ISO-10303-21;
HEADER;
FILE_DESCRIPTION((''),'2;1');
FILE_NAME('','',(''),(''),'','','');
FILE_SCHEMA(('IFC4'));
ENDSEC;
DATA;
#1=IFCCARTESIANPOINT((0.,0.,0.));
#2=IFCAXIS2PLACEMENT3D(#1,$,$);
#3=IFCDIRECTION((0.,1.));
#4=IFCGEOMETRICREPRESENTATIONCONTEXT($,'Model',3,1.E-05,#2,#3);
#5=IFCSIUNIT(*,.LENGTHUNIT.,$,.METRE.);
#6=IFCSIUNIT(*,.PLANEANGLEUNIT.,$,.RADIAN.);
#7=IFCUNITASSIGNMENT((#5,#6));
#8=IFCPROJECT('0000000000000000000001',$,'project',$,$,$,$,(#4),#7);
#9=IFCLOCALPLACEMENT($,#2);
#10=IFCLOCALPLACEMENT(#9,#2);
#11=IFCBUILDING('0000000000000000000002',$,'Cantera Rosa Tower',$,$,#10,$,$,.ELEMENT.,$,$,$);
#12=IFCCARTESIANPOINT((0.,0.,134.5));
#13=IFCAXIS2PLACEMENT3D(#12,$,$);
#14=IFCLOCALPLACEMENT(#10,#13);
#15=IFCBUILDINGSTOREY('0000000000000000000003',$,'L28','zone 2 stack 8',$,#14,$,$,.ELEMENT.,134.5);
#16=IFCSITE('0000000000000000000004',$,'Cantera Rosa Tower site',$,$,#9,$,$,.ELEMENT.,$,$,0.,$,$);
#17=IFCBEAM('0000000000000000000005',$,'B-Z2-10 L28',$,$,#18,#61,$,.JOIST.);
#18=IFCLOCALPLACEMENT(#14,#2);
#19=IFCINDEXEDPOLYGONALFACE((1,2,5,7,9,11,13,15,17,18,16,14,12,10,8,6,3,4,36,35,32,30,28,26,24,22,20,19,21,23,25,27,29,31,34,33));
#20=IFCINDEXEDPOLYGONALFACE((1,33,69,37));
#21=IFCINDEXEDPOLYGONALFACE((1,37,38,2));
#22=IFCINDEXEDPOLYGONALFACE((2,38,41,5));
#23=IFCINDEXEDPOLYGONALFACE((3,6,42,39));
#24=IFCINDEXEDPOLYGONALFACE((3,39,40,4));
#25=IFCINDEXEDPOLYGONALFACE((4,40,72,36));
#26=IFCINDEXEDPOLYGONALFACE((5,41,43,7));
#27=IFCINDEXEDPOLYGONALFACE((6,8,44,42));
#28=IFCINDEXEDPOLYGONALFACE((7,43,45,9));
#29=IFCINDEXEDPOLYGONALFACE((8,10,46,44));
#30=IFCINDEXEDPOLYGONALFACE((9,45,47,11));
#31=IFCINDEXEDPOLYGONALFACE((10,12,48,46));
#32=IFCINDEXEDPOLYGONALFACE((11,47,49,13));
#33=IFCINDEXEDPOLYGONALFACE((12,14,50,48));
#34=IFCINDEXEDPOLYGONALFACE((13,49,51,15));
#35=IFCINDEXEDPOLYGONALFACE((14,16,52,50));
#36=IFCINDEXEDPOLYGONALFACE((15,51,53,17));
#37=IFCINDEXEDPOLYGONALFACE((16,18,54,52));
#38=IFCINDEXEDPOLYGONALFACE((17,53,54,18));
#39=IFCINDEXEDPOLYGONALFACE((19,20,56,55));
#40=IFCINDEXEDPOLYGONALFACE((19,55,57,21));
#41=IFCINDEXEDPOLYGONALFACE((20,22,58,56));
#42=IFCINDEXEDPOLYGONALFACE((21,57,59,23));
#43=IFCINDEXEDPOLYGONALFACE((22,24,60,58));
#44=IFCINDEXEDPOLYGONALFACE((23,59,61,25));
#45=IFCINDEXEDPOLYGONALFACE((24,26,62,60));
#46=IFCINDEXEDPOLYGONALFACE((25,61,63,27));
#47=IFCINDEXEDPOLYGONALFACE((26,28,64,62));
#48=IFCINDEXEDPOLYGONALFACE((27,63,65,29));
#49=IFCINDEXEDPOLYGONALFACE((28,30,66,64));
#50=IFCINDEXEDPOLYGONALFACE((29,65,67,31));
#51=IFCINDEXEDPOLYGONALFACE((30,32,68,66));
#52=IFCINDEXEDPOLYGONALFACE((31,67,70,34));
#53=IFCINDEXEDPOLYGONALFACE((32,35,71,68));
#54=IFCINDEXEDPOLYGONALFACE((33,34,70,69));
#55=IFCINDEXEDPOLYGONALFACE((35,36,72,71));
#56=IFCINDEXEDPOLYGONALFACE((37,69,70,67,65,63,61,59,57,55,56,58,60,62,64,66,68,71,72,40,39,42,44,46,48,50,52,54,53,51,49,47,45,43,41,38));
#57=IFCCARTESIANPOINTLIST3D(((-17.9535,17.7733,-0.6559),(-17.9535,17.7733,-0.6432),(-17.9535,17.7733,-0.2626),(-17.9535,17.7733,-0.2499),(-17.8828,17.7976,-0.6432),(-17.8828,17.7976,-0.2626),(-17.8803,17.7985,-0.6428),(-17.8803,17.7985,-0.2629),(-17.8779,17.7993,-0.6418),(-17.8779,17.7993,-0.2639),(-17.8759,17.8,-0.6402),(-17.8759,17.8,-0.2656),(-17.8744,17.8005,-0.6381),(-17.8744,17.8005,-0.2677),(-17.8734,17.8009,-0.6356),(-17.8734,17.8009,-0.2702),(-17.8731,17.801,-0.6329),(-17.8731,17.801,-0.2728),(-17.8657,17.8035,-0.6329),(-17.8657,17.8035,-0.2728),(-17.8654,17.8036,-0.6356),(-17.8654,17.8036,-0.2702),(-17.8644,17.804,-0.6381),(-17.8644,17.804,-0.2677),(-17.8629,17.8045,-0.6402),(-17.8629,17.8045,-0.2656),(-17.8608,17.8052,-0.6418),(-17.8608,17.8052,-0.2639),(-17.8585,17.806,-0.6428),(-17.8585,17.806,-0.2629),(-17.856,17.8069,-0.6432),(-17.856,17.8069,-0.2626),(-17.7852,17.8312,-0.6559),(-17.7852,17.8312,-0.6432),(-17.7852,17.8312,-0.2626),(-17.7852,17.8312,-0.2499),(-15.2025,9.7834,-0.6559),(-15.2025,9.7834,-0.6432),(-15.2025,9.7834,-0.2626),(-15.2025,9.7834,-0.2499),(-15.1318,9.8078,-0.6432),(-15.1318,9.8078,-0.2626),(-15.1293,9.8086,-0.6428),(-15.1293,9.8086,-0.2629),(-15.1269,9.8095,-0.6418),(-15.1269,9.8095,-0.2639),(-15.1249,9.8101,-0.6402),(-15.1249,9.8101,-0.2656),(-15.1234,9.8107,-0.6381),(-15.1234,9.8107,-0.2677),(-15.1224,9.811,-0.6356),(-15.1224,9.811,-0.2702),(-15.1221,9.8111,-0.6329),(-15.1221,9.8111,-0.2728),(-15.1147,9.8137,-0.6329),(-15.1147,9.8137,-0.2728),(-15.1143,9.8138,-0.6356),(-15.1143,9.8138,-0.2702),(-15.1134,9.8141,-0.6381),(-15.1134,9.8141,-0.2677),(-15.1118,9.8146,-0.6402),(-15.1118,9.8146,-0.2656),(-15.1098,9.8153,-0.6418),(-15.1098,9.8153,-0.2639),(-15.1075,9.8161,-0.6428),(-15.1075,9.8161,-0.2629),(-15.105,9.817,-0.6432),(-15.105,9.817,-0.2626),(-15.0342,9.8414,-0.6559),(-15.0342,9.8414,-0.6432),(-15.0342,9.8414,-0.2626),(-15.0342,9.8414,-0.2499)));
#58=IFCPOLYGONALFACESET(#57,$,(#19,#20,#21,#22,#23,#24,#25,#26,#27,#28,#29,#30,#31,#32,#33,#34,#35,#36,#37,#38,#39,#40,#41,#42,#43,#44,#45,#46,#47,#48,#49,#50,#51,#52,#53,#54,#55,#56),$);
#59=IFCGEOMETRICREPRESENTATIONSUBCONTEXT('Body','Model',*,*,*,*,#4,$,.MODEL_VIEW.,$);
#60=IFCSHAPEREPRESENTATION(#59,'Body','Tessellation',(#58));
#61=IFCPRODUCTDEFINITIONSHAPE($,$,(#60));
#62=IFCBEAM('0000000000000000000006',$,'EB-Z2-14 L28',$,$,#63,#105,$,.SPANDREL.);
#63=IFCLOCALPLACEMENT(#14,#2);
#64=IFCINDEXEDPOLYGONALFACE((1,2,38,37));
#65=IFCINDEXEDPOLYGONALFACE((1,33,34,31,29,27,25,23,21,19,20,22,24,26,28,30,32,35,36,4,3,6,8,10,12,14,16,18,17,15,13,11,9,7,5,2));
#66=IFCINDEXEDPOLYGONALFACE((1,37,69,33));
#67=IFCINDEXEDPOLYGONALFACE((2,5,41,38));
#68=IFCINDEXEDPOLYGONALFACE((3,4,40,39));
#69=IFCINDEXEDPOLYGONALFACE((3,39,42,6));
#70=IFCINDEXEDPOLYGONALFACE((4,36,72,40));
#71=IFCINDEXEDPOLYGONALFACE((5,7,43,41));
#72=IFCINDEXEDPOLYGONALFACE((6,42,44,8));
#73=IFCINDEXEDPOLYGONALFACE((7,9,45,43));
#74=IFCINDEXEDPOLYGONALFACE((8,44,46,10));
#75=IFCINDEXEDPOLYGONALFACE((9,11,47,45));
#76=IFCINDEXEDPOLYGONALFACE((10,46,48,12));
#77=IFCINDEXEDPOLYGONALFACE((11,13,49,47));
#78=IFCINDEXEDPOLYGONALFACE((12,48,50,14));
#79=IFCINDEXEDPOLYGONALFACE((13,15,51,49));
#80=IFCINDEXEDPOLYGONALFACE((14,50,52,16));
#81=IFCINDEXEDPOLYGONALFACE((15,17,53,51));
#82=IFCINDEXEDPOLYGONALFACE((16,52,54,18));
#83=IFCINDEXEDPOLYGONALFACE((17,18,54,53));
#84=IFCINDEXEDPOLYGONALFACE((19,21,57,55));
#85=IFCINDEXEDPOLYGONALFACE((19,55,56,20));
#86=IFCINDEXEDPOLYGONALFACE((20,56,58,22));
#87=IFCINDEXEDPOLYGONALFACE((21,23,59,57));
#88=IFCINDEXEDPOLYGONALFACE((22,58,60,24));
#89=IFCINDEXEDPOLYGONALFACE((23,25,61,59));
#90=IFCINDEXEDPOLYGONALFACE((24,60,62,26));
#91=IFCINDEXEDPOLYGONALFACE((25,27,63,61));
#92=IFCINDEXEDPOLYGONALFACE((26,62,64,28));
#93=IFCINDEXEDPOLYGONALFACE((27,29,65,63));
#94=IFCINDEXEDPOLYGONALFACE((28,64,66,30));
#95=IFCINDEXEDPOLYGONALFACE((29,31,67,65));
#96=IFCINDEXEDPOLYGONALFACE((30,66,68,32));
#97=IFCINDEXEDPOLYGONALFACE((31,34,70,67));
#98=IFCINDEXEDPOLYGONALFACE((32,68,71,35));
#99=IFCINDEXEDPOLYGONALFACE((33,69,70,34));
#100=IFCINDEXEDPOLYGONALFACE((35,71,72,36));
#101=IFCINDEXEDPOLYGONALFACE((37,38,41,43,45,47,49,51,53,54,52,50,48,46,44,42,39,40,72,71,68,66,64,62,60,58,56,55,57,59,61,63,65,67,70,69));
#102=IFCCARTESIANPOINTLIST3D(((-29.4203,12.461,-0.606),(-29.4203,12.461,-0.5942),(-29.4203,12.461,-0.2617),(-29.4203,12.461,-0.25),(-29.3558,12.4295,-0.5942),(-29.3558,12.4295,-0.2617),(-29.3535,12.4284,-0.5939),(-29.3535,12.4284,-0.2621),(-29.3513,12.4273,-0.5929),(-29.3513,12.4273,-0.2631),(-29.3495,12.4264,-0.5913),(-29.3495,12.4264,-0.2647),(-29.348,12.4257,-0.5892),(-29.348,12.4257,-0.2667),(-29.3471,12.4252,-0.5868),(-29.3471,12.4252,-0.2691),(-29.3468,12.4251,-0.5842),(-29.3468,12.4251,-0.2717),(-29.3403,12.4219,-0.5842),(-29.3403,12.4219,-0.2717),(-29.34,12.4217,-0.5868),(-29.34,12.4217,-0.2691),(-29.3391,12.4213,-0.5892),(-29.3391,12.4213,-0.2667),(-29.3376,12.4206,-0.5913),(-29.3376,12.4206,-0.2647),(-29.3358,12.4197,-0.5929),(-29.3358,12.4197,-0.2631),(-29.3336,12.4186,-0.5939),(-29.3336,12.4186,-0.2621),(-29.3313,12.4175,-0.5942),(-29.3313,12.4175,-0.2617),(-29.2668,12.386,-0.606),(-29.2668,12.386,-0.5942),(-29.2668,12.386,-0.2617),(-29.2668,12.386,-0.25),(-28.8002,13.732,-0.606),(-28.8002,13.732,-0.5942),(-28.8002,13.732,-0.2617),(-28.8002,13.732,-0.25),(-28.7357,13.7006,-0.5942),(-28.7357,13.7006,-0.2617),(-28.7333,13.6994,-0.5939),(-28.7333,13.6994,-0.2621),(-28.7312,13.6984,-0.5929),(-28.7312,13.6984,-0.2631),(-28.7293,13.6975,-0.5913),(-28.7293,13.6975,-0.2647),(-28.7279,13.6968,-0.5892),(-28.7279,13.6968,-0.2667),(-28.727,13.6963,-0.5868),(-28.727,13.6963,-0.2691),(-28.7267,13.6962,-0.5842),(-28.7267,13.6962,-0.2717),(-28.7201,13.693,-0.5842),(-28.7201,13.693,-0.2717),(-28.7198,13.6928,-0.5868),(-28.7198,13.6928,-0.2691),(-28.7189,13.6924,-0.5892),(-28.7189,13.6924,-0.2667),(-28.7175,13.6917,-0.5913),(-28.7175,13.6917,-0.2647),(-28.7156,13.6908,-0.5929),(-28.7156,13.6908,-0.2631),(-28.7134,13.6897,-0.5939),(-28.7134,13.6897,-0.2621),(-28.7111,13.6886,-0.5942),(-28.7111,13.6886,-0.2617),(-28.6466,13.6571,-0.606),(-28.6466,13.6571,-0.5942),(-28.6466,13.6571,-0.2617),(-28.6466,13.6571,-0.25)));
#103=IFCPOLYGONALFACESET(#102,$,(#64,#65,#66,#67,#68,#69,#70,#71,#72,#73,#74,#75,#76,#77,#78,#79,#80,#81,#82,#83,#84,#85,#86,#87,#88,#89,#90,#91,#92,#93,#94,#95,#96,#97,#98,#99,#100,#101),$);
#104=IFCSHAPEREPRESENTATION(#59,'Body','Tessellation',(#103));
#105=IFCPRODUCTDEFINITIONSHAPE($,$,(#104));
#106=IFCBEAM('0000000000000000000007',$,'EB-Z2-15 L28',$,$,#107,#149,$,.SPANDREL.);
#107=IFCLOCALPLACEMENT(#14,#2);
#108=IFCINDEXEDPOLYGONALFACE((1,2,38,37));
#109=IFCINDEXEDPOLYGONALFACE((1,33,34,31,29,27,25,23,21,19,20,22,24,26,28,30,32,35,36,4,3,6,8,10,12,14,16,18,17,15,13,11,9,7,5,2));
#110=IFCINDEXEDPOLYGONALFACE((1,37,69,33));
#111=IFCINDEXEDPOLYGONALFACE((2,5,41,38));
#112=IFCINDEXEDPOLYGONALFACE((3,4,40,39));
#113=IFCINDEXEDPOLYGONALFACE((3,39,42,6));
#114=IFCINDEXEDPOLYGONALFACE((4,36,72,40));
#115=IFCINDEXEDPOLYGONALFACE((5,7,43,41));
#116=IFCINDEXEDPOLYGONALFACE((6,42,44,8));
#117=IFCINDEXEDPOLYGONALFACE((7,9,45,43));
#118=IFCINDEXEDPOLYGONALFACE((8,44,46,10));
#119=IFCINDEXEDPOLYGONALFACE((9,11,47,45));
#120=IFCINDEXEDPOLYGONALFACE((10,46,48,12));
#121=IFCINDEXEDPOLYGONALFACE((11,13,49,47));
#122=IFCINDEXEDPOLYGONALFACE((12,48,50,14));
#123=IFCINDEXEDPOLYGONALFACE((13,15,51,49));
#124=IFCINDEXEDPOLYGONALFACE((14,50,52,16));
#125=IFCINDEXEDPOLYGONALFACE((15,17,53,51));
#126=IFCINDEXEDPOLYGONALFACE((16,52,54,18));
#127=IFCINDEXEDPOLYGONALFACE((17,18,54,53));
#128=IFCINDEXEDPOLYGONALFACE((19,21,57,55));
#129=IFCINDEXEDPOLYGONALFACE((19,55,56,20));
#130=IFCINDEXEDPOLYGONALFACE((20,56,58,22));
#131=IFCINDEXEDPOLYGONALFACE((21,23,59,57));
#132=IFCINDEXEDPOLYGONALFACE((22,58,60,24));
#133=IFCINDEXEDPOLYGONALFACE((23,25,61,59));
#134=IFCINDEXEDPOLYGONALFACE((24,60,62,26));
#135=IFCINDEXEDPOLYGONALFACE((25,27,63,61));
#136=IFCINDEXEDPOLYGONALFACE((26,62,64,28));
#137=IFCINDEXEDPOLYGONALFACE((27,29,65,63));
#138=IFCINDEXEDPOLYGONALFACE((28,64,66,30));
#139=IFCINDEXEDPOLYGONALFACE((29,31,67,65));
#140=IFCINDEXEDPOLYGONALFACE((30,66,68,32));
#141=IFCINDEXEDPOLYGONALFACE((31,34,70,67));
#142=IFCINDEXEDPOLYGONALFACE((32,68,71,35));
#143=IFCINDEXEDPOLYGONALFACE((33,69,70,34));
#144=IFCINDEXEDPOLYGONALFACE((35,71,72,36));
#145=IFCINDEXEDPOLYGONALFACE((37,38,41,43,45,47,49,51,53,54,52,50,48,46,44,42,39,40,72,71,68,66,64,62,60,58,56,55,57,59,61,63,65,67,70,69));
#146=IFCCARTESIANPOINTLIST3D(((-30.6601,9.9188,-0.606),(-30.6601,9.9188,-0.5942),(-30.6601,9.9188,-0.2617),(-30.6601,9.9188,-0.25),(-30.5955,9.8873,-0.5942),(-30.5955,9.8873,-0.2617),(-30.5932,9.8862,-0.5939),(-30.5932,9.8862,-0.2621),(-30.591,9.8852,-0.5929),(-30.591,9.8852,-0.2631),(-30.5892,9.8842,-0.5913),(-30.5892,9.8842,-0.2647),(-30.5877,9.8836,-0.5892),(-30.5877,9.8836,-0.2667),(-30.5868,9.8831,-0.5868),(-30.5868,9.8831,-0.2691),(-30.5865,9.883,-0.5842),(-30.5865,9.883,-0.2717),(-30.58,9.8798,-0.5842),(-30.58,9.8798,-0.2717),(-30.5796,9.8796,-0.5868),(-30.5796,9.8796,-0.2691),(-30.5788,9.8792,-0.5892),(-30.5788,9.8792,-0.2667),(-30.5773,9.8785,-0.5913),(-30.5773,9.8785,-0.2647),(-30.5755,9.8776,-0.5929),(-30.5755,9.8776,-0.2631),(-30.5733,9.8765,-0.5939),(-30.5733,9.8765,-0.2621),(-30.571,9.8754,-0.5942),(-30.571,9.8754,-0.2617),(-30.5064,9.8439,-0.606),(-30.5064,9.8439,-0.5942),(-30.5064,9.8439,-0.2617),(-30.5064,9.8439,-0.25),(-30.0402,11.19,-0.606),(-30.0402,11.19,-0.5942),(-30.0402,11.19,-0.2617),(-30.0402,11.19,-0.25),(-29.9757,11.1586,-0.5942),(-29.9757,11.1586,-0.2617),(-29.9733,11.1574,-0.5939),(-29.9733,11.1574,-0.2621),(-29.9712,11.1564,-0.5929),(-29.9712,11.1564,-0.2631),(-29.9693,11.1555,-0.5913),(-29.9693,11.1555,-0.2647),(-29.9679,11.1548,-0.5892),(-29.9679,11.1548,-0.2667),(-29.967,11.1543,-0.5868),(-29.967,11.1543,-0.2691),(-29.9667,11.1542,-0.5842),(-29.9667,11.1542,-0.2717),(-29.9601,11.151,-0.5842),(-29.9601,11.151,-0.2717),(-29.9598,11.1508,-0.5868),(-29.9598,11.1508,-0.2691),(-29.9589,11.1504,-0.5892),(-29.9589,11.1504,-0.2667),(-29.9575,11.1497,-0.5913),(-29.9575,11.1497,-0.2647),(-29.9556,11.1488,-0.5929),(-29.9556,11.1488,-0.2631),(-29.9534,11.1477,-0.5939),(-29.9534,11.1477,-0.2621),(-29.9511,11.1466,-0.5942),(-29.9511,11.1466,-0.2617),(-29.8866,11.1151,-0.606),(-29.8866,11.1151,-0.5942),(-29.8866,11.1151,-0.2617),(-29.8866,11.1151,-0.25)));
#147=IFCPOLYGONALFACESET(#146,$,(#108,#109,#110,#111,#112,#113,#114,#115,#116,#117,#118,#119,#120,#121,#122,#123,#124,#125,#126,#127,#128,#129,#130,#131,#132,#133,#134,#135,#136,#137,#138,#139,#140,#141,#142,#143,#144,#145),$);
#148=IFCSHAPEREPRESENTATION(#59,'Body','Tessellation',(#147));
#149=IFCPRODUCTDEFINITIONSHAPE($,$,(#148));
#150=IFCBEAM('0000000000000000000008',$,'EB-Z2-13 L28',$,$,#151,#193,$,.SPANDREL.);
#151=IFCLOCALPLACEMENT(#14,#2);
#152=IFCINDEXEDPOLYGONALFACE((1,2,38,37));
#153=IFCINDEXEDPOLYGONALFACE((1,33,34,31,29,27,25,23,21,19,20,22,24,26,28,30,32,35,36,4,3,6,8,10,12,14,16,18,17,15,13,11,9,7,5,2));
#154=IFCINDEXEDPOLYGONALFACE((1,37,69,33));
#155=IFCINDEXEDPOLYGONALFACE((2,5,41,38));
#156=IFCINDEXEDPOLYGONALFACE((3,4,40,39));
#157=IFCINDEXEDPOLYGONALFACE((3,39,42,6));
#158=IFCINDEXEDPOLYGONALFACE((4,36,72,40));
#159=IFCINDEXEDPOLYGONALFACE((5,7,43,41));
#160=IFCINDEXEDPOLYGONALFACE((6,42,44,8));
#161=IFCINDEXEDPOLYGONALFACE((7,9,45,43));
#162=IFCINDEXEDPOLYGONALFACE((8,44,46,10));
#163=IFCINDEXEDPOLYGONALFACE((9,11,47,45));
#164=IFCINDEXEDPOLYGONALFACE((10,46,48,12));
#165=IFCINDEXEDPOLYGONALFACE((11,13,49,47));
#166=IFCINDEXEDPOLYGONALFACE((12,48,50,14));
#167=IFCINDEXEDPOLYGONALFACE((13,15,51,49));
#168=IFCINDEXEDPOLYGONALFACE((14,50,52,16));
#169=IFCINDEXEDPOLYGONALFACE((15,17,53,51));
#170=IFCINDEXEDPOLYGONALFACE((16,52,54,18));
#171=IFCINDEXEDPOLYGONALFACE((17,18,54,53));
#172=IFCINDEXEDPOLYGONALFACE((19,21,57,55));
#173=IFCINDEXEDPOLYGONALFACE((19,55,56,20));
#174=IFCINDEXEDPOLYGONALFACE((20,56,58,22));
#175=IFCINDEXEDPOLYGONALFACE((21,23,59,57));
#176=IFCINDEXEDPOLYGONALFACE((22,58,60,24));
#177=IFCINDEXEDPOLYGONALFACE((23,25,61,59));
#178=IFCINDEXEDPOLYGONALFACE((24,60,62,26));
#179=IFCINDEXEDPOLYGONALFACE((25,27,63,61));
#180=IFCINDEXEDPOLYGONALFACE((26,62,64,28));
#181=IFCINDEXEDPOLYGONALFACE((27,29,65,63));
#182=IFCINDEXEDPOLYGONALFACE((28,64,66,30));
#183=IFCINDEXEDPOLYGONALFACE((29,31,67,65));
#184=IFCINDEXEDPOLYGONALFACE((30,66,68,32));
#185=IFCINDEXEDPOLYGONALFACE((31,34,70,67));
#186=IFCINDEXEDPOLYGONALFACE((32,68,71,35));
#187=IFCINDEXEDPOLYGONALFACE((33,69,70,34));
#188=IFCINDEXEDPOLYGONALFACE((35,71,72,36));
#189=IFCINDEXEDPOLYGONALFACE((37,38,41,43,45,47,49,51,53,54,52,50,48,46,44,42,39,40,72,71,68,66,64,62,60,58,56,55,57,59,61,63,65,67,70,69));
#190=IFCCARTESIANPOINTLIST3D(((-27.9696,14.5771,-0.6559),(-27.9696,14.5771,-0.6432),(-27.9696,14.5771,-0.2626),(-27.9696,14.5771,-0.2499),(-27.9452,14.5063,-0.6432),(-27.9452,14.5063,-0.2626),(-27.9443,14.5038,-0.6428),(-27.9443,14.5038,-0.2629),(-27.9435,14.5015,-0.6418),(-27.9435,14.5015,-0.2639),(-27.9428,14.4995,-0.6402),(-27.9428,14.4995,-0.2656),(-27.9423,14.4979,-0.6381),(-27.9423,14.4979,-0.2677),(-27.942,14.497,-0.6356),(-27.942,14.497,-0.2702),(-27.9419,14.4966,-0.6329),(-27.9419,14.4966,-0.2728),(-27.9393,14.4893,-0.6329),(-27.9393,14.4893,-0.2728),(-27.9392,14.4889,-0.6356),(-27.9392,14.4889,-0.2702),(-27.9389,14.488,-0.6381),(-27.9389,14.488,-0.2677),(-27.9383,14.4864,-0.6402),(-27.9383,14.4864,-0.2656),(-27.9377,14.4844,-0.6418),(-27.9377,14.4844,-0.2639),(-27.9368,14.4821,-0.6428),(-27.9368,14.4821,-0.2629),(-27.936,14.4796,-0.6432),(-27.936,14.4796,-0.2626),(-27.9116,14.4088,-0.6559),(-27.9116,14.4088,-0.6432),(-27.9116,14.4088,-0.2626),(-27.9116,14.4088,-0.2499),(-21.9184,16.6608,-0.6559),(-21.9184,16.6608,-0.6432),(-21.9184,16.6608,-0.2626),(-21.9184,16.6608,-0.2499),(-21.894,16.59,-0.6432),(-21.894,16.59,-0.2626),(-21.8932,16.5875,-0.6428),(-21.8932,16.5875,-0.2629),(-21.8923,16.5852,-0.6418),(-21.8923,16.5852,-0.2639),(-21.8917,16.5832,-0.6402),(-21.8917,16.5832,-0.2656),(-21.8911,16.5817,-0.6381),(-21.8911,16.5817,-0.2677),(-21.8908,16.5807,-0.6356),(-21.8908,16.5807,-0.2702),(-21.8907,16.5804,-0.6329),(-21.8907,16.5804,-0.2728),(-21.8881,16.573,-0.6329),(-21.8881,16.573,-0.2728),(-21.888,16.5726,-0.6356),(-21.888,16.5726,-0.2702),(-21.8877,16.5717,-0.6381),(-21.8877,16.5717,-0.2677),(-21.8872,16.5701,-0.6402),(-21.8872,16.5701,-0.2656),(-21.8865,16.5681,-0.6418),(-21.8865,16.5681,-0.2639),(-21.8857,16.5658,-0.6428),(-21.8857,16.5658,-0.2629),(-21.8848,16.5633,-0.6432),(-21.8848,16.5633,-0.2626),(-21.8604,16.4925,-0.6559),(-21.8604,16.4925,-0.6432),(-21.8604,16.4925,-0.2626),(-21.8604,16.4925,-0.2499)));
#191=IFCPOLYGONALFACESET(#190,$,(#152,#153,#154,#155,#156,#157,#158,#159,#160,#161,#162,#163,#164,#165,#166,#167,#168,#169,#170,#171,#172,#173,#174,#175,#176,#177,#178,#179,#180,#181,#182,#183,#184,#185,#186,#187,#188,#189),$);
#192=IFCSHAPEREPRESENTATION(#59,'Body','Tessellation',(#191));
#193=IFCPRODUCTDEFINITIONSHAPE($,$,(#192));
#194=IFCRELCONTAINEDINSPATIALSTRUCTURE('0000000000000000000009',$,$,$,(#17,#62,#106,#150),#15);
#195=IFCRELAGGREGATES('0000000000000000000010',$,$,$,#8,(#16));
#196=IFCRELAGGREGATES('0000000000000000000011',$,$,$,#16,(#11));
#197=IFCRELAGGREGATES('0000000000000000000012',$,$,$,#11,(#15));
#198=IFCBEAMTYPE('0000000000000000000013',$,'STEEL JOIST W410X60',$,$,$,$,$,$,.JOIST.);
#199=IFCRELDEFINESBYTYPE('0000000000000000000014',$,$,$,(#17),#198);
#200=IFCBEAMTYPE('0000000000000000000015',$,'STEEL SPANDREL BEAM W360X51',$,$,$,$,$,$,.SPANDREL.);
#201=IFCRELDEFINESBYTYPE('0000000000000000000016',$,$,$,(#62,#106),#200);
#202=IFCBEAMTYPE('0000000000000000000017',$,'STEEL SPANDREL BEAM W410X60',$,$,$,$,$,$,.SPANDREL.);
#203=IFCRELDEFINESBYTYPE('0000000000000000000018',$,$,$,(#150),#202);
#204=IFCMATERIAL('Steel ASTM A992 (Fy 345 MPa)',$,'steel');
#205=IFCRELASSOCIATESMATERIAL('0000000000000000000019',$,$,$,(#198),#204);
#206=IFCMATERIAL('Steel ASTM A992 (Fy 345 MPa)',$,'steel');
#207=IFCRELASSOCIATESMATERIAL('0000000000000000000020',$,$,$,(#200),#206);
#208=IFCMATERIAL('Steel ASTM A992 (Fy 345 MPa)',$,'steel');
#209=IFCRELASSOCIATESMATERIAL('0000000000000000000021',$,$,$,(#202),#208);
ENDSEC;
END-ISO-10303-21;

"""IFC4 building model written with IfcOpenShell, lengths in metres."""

from ifc_helpers import new_model, si_unit, direction, frame, origin, origin_2d, place, context, subcontext, project, spatial, i_section, extrude, material, material_profile, profile_set, type_object, element, save


model = new_model("IFC4")

# Units and contexts
model_context = context("Model", 3, precision=1e-05, world=origin(), true_north=direction((0.0, 1.0)))
body_context = subcontext(model_context, "Body", "Model", "MODEL_VIEW")
ifc_project = project(units=[si_unit("LENGTHUNIT", "METRE"), si_unit("PLANEANGLEUNIT", "RADIAN")], contexts=[model_context])

# Site, building, storey
site_placement = place(None, origin())
site = spatial("IfcSite", under=ifc_project, at=site_placement, Name="Cantera Rosa Tower site", CompositionType="ELEMENT", RefElevation=0.0)
building_placement = place(site_placement, origin())
building = spatial("IfcBuilding", under=site, at=building_placement, Name="Cantera Rosa Tower", CompositionType="ELEMENT")
storey_placement = place(building_placement, frame((0.0, 0.0, 134.5)))
storey = spatial("IfcBuildingStorey", under=building, at=storey_placement, Name="L28", Description="zone 2 stack 8", CompositionType="ELEMENT", Elevation=134.5)

# Beams
ifc_material_1 = material(Name="Steel ASTM A992 (Fy 345 MPa)", Category="steel")
ifc_material_profile_1 = material_profile(ifc_material_1, i_section(OverallWidth=0.178, OverallDepth=0.406, WebThickness=0.0078, FlangeThickness=0.0127, FilletRadius=0.0103, at=origin_2d()), Name="W410X60")
ifc_profile_set_1 = profile_set([ifc_material_profile_1], Name="Steel ASTM A992 (Fy 345 MPa)")
beam_type_1 = type_object("IfcBeamType", Name="STEEL JOIST W410X60", PredefinedType="JOIST", material=ifc_profile_set_1)
beam_1_placement = place(storey_placement, frame((-17.8694, 17.8022, -0.4529), z_axis=(0.325556, -0.945523, 0.0), x_axis=(0.945523, 0.325556, 0.0)))
element("IfcBeam", 1, at=beam_1_placement, inside=storey, type_object=beam_type_1, Name="B-Z2-10 L28", PredefinedType="JOIST", context=body_context, shape_type="SweptSolid", body=[
    extrude(i_section(OverallWidth=0.178, OverallDepth=0.406, WebThickness=0.0078, FlangeThickness=0.0127, FilletRadius=0.0103, at=origin_2d()), origin(), (0.0, 0.0, 1.0), 8.4502),
])
ifc_material_2 = material(Name="Steel ASTM A992 (Fy 345 MPa)", Category="steel")
ifc_material_profile_2 = material_profile(ifc_material_2, i_section(OverallWidth=0.1709, OverallDepth=0.356, WebThickness=0.0073, FlangeThickness=0.0117, FilletRadius=0.01, at=origin_2d()), Name="W360X51")
ifc_profile_set_2 = profile_set([ifc_material_profile_2], Name="Steel ASTM A992 (Fy 345 MPa)")
beam_type_2 = type_object("IfcBeamType", Name="STEEL SPANDREL BEAM W360X51", PredefinedType="SPANDREL", material=ifc_profile_set_2)
for number, where, z_axis, x_axis, name in (
    (2, (-28.7234, 13.6946, -0.428), (-0.438492, -0.898735, 0.0), (0.898735, -0.438492, 0.0), "EB-Z2-14 L28"),
    (3, (-29.9634, 11.1526, -0.428), (-0.438284, -0.898836, 0.0), (0.898836, -0.438284, 0.0), "EB-Z2-15 L28"),
):
    element("IfcBeam", number, at=place(storey_placement, frame(where, z_axis=z_axis, x_axis=x_axis)), inside=storey, type_object=beam_type_2, Name=name, PredefinedType="SPANDREL", context=body_context, shape_type="SweptSolid", body=[
        extrude(i_section(OverallWidth=0.1709, OverallDepth=0.356, WebThickness=0.0073, FlangeThickness=0.0117, FilletRadius=0.01, at=origin_2d()), origin(), (0.0, 0.0, 1.0), 1.4143),
    ])
ifc_material_3 = material(Name="Steel ASTM A992 (Fy 345 MPa)", Category="steel")
ifc_material_profile_3 = material_profile(ifc_material_3, i_section(OverallWidth=0.178, OverallDepth=0.406, WebThickness=0.0078, FlangeThickness=0.0127, FilletRadius=0.0103, at=origin_2d()), Name="W410X60")
ifc_profile_set_3 = profile_set([ifc_material_profile_3], Name="Steel ASTM A992 (Fy 345 MPa)")
beam_type_3 = type_object("IfcBeamType", Name="STEEL SPANDREL BEAM W410X60", PredefinedType="SPANDREL", material=ifc_profile_set_3)
beam_2_placement = place(storey_placement, frame((-21.8894, 16.5767, -0.4529), z_axis=(-0.945513, -0.325585, 0.0), x_axis=(0.325585, -0.945513, 0.0)))
element("IfcBeam", 4, at=beam_2_placement, inside=storey, type_object=beam_type_3, Name="EB-Z2-13 L28", PredefinedType="SPANDREL", context=body_context, shape_type="SweptSolid", body=[
    extrude(i_section(OverallWidth=0.178, OverallDepth=0.406, WebThickness=0.0078, FlangeThickness=0.0127, FilletRadius=0.0103, at=origin_2d()), origin(), (0.0, 0.0, 1.0), 6.3999),
])

save(model, "model.ifc")
